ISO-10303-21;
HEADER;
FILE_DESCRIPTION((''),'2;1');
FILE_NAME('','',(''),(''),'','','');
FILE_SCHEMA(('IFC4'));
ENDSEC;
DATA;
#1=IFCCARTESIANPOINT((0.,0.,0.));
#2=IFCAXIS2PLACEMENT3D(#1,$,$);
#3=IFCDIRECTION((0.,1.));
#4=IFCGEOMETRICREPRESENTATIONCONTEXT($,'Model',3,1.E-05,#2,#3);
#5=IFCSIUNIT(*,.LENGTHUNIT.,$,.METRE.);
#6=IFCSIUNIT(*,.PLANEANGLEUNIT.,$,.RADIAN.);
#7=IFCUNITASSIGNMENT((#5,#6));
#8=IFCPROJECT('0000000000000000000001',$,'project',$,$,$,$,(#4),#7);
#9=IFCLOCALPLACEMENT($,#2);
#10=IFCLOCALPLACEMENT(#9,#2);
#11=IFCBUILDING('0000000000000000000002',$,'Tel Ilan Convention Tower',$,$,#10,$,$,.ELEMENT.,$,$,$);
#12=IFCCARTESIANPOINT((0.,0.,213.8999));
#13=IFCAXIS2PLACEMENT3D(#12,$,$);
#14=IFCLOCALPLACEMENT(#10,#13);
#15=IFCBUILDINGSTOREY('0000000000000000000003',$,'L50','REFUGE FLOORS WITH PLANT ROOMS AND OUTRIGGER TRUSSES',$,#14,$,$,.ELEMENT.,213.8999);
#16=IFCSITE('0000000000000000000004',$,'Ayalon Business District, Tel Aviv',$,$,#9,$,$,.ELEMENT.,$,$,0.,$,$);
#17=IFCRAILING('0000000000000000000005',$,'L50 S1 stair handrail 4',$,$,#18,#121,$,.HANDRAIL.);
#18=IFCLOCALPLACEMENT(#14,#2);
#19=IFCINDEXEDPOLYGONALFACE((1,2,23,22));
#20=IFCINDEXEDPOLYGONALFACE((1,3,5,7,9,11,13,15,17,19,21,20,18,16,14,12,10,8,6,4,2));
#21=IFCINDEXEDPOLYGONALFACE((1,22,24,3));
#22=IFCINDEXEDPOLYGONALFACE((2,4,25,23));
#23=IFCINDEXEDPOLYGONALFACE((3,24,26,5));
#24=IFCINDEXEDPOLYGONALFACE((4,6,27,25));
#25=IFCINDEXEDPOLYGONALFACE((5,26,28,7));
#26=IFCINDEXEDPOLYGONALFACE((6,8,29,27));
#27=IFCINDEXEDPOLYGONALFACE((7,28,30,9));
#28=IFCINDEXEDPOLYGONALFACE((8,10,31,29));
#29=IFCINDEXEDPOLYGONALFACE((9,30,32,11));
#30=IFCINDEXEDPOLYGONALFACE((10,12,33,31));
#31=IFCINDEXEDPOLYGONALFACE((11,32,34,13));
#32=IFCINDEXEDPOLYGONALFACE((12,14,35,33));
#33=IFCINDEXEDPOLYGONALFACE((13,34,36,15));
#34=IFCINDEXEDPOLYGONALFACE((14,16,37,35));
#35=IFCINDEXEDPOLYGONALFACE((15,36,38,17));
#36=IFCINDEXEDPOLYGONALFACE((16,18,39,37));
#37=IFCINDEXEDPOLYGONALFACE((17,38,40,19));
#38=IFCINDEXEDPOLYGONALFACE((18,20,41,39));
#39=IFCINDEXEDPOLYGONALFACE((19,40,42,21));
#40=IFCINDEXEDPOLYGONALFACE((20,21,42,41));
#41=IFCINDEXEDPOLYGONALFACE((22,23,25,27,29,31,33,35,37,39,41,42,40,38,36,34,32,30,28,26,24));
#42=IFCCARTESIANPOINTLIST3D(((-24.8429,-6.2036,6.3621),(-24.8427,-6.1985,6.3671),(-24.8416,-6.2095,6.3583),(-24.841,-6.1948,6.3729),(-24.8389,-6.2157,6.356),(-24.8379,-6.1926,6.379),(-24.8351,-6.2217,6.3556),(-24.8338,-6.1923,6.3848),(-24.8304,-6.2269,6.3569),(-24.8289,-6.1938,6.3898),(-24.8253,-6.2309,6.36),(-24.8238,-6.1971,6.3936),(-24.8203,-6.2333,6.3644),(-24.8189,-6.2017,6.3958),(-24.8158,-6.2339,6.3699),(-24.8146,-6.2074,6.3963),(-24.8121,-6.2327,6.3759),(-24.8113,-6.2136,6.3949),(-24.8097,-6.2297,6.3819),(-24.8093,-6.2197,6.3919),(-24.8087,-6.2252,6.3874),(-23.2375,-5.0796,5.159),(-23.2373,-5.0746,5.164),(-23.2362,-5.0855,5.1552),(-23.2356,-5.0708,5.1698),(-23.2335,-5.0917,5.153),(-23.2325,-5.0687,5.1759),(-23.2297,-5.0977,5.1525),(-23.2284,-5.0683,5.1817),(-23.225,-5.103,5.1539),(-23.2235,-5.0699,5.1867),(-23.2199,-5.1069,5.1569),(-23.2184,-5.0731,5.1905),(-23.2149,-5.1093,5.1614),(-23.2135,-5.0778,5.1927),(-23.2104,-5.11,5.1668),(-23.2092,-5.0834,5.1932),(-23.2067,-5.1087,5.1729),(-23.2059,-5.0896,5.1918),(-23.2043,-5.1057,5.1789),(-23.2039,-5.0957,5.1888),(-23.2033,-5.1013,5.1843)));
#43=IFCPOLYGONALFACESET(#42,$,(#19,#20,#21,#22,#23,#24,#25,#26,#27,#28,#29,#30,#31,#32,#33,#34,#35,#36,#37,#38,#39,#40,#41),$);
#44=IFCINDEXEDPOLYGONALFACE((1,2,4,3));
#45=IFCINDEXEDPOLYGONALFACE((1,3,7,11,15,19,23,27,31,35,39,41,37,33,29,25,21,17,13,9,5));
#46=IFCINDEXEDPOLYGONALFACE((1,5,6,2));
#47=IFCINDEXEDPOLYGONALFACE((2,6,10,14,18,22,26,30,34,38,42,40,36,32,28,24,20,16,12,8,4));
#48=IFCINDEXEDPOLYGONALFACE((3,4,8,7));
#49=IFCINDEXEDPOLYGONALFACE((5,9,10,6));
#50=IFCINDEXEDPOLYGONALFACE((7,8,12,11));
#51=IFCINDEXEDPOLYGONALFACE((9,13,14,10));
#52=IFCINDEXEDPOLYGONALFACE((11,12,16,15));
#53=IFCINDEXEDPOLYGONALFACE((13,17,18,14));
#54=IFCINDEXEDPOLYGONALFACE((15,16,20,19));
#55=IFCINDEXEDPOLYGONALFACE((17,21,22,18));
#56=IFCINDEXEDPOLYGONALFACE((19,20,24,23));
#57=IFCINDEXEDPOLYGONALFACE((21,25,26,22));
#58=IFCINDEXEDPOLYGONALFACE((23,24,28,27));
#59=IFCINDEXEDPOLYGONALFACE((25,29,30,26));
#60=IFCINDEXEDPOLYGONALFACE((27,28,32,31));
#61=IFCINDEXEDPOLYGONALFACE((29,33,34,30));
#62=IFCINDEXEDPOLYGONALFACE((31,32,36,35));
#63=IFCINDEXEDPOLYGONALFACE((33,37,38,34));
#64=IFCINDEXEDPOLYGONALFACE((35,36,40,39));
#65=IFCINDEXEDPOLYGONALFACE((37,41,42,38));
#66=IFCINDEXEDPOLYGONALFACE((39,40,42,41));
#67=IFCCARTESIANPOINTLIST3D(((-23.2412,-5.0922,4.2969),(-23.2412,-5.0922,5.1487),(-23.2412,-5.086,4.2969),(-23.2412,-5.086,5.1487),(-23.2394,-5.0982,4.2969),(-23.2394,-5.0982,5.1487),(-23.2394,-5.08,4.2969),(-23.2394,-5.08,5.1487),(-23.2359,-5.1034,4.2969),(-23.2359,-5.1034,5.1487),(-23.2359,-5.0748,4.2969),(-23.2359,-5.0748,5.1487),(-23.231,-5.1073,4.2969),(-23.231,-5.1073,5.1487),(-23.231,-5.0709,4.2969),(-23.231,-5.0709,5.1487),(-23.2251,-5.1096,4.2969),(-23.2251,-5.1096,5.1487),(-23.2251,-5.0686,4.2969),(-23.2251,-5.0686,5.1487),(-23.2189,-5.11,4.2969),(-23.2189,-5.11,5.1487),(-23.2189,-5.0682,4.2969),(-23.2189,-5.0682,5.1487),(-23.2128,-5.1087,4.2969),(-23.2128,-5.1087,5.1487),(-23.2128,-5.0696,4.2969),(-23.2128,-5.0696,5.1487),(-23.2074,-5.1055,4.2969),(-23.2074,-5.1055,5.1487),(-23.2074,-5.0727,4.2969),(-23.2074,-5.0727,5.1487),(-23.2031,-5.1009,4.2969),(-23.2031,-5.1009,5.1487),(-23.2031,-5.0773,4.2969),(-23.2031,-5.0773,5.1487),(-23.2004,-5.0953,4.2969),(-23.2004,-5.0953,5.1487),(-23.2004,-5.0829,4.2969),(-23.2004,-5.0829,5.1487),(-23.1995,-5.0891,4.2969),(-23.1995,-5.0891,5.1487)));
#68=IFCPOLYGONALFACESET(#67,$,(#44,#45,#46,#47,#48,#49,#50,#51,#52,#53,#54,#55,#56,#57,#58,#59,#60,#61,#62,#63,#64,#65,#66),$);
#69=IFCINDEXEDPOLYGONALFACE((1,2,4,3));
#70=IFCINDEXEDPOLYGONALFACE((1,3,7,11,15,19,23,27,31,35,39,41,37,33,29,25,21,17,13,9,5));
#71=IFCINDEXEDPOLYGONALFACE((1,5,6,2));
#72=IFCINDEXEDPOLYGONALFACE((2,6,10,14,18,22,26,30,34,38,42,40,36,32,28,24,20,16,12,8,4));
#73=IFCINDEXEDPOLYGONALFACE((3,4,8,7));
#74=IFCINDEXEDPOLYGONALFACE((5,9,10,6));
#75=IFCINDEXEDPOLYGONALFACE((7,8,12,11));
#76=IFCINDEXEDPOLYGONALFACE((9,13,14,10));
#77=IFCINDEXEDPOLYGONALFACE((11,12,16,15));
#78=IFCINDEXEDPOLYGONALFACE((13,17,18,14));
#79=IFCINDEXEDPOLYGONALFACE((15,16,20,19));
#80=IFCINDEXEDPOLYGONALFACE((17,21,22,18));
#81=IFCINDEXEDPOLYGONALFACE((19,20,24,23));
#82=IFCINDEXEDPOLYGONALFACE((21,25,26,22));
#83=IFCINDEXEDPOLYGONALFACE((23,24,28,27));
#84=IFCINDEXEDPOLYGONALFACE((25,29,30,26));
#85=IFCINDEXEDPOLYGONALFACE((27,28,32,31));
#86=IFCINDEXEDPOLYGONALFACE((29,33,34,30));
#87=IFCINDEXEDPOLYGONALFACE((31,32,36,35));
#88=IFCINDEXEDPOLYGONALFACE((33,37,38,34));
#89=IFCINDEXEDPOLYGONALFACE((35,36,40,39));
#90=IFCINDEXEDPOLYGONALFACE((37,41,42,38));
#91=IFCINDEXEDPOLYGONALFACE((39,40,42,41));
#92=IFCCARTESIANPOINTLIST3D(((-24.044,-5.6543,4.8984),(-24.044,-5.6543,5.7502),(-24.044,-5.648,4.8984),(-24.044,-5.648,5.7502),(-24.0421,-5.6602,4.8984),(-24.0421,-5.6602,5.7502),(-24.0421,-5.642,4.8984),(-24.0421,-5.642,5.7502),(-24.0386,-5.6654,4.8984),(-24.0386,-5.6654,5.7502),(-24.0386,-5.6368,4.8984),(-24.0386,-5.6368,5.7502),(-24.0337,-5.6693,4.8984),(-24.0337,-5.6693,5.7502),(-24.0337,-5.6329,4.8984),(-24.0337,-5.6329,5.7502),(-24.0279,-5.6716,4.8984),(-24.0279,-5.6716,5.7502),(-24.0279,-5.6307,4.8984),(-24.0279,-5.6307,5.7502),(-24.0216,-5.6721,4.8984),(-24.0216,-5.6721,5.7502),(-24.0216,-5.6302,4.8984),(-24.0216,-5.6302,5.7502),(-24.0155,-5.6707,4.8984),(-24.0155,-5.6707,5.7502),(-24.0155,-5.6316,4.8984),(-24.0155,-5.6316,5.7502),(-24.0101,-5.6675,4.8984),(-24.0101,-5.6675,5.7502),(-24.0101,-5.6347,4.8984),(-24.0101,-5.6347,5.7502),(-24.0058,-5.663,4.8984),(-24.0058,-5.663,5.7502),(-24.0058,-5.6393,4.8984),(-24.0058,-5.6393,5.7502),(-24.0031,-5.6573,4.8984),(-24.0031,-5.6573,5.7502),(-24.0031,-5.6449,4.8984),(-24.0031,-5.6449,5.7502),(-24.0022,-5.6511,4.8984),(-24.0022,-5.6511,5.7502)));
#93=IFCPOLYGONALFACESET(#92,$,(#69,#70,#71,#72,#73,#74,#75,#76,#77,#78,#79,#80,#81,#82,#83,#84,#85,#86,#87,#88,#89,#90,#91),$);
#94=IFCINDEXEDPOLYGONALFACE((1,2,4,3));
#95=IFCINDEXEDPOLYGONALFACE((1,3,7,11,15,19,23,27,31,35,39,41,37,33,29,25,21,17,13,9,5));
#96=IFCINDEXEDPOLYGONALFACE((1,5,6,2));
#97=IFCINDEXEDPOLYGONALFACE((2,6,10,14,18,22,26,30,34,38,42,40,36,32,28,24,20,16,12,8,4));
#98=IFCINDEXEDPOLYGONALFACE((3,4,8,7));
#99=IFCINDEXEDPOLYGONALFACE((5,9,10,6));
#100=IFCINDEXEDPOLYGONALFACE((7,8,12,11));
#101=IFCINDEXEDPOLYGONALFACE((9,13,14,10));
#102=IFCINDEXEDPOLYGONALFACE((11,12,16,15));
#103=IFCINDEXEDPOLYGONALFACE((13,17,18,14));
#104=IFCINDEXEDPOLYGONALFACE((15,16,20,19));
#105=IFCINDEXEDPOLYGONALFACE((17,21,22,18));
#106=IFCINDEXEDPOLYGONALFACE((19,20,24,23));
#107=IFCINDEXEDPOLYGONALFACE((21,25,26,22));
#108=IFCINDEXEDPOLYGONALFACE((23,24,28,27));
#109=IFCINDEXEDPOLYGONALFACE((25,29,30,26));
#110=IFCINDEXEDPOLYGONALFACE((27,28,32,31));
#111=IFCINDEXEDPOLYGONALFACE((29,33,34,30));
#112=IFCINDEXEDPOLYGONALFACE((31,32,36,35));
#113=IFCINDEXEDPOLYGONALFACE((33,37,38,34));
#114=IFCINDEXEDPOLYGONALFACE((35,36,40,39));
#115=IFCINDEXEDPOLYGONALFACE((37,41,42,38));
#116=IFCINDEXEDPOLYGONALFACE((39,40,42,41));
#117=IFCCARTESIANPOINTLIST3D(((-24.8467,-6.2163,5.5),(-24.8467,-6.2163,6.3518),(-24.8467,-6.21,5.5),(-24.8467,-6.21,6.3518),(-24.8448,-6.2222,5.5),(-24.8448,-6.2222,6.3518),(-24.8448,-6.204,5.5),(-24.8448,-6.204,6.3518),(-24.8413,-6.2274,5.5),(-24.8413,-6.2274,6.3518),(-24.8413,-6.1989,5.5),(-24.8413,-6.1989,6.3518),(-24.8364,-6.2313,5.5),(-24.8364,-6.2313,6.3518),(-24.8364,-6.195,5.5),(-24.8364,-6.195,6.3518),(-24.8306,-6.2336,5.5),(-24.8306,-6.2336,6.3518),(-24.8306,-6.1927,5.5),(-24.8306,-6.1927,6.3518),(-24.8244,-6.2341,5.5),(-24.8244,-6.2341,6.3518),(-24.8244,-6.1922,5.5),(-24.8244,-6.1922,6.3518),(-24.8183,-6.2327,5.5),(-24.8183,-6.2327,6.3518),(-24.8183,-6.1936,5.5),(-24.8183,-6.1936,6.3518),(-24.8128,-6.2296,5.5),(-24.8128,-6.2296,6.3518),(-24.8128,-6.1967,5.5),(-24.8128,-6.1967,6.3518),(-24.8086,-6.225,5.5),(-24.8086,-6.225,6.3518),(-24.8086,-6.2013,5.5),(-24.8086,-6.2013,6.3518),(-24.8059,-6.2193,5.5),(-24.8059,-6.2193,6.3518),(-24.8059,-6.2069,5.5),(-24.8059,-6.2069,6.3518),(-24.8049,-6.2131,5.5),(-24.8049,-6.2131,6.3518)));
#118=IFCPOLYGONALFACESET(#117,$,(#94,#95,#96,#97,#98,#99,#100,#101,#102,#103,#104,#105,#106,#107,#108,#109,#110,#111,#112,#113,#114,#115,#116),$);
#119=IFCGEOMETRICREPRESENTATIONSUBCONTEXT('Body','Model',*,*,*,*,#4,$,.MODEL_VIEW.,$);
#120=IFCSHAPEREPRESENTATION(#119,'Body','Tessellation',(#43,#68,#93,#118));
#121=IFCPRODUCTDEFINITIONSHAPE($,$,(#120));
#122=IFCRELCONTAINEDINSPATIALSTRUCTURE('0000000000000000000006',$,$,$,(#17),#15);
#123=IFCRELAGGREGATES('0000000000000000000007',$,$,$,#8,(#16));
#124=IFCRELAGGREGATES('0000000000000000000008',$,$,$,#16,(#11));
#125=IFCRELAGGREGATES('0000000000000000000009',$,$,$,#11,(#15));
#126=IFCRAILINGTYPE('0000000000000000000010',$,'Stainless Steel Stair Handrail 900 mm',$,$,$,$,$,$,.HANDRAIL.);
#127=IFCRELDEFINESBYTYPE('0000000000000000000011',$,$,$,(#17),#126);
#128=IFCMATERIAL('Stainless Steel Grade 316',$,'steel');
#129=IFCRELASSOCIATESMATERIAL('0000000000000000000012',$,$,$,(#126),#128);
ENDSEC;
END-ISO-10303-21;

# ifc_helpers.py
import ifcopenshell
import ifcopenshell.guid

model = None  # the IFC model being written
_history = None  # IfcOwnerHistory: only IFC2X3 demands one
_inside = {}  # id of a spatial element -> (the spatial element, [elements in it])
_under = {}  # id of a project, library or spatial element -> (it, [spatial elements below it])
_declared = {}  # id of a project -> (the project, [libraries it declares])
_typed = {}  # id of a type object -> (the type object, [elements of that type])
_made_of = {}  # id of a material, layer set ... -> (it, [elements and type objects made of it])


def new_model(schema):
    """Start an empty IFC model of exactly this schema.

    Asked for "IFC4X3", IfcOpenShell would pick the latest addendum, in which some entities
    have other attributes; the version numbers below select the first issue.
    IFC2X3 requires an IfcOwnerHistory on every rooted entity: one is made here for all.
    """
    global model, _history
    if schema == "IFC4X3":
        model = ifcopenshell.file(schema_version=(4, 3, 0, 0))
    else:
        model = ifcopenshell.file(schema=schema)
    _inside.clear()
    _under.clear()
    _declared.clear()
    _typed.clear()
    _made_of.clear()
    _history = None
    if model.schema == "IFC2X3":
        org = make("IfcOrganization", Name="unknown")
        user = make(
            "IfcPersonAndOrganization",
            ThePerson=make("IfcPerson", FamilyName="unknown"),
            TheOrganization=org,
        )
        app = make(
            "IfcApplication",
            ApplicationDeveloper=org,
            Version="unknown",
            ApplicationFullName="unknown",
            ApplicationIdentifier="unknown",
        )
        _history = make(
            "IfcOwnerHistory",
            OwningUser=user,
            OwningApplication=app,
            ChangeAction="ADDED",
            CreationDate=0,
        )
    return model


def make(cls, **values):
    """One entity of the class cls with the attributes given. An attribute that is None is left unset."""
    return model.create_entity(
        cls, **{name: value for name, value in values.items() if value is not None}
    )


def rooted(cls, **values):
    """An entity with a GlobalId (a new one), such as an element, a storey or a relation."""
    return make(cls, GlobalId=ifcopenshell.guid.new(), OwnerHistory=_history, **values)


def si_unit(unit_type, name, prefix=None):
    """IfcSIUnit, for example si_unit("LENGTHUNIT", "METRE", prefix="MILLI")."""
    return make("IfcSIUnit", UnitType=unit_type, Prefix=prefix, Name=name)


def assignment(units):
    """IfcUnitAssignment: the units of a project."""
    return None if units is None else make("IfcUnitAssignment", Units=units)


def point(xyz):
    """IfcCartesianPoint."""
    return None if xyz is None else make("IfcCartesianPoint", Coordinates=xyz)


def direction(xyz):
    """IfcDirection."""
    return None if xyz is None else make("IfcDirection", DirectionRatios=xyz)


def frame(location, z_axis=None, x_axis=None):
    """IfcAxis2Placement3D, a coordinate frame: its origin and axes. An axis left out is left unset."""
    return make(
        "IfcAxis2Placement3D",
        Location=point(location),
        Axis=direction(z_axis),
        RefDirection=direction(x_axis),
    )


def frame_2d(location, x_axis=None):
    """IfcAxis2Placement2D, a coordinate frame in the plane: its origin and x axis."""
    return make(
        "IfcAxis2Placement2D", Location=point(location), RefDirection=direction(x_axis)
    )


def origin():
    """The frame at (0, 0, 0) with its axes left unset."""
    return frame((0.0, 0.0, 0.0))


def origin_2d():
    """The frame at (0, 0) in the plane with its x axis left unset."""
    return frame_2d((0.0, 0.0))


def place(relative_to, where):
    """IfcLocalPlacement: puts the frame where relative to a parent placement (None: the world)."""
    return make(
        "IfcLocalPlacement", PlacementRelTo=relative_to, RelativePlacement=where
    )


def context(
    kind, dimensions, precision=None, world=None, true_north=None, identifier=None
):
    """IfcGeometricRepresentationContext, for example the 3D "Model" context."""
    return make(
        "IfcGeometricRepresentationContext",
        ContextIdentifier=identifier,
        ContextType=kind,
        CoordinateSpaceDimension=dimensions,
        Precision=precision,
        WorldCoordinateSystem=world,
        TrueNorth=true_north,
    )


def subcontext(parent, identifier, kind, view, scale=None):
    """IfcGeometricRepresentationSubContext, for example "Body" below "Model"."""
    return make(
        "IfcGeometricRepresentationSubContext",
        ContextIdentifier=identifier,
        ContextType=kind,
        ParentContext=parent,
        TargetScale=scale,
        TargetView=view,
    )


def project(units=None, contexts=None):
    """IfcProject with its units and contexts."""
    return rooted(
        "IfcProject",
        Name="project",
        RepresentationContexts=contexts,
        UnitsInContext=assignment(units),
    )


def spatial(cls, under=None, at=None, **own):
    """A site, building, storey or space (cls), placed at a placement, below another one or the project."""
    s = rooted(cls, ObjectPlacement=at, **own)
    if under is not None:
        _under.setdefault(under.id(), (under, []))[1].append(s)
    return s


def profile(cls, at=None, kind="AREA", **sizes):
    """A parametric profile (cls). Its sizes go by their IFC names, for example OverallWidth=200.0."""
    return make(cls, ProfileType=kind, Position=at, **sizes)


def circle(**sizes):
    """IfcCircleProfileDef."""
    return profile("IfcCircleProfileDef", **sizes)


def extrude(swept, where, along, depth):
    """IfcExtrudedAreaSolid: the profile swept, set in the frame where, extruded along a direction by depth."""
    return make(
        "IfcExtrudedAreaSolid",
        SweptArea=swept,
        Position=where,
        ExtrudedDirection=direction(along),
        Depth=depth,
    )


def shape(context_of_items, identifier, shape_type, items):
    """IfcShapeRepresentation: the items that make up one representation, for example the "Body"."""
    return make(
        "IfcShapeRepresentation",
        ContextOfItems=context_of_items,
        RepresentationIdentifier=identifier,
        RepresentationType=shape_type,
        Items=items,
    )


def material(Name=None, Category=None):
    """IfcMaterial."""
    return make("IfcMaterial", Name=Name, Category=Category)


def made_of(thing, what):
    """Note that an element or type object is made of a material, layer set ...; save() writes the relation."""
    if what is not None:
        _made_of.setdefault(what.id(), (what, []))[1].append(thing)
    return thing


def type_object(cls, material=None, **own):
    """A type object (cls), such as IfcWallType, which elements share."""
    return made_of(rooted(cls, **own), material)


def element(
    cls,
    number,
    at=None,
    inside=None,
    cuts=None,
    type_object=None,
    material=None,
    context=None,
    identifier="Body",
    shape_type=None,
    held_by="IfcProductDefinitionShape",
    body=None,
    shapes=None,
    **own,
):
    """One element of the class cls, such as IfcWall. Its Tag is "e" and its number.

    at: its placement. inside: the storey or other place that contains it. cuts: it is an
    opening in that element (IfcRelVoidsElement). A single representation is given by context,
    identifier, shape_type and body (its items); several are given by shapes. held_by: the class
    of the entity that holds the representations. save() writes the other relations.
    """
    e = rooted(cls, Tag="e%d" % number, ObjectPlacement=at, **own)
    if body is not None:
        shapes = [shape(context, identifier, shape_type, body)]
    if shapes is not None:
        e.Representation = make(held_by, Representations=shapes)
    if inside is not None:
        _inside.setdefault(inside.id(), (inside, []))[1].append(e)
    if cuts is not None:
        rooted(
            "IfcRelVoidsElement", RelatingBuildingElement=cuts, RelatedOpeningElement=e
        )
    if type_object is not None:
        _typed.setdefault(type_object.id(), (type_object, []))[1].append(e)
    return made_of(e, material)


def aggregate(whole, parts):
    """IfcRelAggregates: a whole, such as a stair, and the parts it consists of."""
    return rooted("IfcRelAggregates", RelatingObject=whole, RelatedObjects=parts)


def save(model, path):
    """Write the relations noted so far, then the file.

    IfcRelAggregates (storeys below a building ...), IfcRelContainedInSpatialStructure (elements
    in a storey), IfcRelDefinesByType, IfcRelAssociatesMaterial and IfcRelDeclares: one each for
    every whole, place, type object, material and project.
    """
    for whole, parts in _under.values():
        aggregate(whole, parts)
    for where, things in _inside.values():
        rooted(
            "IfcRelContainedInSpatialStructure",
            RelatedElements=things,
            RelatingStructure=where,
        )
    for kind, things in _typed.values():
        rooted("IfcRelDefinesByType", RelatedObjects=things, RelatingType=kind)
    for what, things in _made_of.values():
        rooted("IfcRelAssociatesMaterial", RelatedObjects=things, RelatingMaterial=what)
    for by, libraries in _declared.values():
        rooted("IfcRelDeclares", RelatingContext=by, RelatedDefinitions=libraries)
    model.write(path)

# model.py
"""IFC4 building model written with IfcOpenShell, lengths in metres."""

from ifc_helpers import new_model, si_unit, direction, frame, origin, origin_2d, place, context, subcontext, project, spatial, circle, extrude, material, type_object, element, save


model = new_model("IFC4")

# Units and contexts
model_context = context("Model", 3, precision=1e-05, world=origin(), true_north=direction((0.0, 1.0)))
body_context = subcontext(model_context, "Body", "Model", "MODEL_VIEW")
ifc_project = project(units=[si_unit("LENGTHUNIT", "METRE"), si_unit("PLANEANGLEUNIT", "RADIAN")], contexts=[model_context])

# Site, building, storey
site_placement = place(None, origin())
site = spatial("IfcSite", under=ifc_project, at=site_placement, Name="Ayalon Business District, Tel Aviv", CompositionType="ELEMENT", RefElevation=0.0)
building_placement = place(site_placement, origin())
building = spatial("IfcBuilding", under=site, at=building_placement, Name="Tel Ilan Convention Tower", CompositionType="ELEMENT")
storey_placement = place(building_placement, frame((0.0, 0.0, 213.8999)))
storey = spatial("IfcBuildingStorey", under=building, at=storey_placement, Name="L50", Description="REFUGE FLOORS WITH PLANT ROOMS AND OUTRIGGER TRUSSES", CompositionType="ELEMENT", Elevation=213.8999)

# Railing
ifc_material_1 = material(Name="Stainless Steel Grade 316", Category="steel")
railing_type_1 = type_object("IfcRailingType", Name="Stainless Steel Stair Handrail 900 mm", PredefinedType="HANDRAIL", material=ifc_material_1)
for number, where, name in (
    (1, (-23.2205, -5.0891, 4.2969), "L50 S1 stair handrail 4"),
):
    element("IfcRailing", number, at=place(storey_placement, frame(where)), inside=storey, type_object=railing_type_1, Name=name, PredefinedType="HANDRAIL", context=body_context, shape_type="SweptSolid", body=[
        extrude(circle(Radius=0.0239, at=origin_2d()), frame((0.0, 0.0, 0.876), z_axis=(-0.698131, -0.488777, 0.523174), x_axis=(0.573529, -0.819185, 0.0)), (0.0, 0.0, 1.0), 2.2996),
        extrude(circle(Radius=0.021, at=origin_2d()), origin(), (0.0, 0.0, 1.0), 0.8518),
        extrude(circle(Radius=0.021, at=origin_2d()), frame((-0.8027, -0.562, 0.6016)), (0.0, 0.0, 1.0), 0.8518),
        extrude(circle(Radius=0.021, at=origin_2d()), frame((-1.6055, -1.124, 1.2031)), (0.0, 0.0, 1.0), 0.8518),
    ])

save(model, "model.ifc")
